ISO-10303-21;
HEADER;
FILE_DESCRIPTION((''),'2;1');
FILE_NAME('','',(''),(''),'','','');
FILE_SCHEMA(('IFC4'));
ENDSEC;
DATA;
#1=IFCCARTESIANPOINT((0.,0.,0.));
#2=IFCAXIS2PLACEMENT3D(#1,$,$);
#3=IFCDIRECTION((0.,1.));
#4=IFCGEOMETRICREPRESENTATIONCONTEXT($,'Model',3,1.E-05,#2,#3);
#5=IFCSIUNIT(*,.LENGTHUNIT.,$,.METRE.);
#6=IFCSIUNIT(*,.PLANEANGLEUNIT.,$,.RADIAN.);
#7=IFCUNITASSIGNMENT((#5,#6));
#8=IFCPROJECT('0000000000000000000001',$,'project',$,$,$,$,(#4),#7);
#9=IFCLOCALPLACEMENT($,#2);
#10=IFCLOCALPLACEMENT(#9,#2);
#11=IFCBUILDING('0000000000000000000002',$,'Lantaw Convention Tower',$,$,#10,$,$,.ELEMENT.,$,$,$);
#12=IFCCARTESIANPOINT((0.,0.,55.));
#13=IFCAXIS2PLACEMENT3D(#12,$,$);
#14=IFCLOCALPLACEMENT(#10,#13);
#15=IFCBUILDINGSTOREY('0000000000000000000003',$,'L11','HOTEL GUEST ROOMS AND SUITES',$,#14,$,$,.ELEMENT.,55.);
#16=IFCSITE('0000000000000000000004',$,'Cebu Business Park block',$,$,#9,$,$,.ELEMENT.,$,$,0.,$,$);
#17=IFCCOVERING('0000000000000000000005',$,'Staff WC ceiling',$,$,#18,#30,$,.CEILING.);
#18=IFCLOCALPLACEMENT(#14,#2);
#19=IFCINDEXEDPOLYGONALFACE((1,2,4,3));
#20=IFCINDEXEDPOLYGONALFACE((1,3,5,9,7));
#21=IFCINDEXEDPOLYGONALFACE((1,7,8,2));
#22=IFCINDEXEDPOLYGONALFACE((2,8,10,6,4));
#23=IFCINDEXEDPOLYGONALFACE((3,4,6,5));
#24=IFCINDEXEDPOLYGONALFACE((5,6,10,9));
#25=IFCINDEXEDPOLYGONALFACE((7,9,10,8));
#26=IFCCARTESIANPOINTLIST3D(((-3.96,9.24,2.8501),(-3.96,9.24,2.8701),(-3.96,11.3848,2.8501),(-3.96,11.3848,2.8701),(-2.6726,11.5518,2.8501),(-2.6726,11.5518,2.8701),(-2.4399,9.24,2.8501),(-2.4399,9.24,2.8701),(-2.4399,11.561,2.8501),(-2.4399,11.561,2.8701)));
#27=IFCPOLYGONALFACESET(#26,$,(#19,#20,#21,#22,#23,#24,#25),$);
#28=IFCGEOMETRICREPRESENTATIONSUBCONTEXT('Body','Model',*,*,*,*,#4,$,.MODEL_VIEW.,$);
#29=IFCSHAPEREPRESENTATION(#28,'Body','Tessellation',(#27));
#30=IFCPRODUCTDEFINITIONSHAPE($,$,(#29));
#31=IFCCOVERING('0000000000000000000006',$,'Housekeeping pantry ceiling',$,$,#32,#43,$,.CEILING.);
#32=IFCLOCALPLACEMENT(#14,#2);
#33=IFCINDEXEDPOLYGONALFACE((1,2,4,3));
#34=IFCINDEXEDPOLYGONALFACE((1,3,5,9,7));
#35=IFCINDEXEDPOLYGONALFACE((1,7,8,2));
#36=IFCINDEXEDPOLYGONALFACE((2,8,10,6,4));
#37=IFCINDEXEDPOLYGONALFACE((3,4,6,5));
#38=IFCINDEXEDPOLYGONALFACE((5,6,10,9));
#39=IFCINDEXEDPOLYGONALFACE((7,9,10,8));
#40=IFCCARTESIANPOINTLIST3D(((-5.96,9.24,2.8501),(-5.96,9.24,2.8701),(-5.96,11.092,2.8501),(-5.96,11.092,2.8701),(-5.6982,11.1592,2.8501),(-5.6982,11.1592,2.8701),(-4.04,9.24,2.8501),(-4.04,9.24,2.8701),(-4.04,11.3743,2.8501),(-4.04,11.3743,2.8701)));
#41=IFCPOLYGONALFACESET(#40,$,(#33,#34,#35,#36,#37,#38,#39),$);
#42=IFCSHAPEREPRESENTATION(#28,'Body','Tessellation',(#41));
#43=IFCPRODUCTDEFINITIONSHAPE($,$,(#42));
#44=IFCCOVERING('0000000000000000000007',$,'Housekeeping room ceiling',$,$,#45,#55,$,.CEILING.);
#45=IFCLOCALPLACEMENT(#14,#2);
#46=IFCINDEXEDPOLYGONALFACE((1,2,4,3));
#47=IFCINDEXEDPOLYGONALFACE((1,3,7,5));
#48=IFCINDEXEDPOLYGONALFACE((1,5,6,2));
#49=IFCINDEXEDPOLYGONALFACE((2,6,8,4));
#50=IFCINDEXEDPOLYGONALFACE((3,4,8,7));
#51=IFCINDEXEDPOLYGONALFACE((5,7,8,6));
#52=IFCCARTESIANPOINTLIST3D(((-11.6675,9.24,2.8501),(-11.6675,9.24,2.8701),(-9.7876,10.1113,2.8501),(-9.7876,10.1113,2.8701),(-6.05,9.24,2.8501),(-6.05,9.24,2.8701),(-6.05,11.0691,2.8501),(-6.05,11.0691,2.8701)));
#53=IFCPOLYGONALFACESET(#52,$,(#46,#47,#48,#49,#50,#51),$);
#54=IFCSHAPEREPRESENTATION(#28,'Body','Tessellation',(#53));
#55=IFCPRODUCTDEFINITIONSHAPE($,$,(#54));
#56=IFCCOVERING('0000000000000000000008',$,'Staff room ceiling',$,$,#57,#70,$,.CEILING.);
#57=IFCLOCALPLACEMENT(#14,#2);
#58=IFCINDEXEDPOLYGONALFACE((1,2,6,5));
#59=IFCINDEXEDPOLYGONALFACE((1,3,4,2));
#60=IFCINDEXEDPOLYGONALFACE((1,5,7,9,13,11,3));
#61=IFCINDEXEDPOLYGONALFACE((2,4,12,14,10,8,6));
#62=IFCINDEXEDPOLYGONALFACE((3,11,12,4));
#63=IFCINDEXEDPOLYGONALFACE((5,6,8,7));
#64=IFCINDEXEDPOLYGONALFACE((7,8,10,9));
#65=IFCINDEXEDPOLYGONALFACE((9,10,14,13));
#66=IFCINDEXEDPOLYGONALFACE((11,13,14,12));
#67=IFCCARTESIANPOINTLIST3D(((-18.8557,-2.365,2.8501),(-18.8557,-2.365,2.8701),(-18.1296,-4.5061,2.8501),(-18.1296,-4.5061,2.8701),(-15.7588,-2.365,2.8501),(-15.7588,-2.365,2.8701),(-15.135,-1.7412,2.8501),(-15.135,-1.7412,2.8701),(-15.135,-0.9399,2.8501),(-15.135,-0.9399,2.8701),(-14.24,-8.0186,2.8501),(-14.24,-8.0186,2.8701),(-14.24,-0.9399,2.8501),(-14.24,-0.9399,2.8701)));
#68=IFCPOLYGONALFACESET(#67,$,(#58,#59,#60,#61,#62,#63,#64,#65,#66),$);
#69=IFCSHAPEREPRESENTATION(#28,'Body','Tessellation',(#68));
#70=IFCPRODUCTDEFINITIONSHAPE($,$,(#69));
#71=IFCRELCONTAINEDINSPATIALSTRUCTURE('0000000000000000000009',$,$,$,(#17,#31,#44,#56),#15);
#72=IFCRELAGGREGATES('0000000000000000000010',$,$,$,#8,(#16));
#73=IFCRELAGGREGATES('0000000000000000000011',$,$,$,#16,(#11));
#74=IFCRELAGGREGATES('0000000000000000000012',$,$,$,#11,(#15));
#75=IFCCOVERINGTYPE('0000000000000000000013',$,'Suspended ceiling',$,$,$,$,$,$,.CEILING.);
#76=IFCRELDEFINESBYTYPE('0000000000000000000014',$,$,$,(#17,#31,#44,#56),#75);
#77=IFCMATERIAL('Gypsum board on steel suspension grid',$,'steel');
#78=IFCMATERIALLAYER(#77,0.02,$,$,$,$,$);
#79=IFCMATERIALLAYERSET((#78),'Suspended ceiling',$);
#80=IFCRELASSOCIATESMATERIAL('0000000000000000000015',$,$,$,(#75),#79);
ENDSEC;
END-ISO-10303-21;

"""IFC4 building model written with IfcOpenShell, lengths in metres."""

from ifc_helpers import new_model, si_unit, direction, frame, origin, place, context, subcontext, project, spatial, polyline, outline, extrude, material, layer, layer_set, type_object, element, save


model = new_model("IFC4")

# Units and contexts
model_context = context("Model", 3, precision=1e-05, world=origin(), true_north=direction((0.0, 1.0)))
body_context = subcontext(model_context, "Body", "Model", "MODEL_VIEW")
ifc_project = project(units=[si_unit("LENGTHUNIT", "METRE"), si_unit("PLANEANGLEUNIT", "RADIAN")], contexts=[model_context])

# Site, building, storey
site_placement = place(None, origin())
site = spatial("IfcSite", under=ifc_project, at=site_placement, Name="Cebu Business Park block", CompositionType="ELEMENT", RefElevation=0.0)
building_placement = place(site_placement, origin())
building = spatial("IfcBuilding", under=site, at=building_placement, Name="Lantaw Convention Tower", CompositionType="ELEMENT")
storey_placement = place(building_placement, frame((0.0, 0.0, 55.0)))
storey = spatial("IfcBuildingStorey", under=building, at=storey_placement, Name="L11", Description="HOTEL GUEST ROOMS AND SUITES", CompositionType="ELEMENT", Elevation=55.0)

# Coverings
ifc_material_1 = material(Name="Gypsum board on steel suspension grid", Category="steel")
ifc_layer_1 = layer(ifc_material_1, 0.02)
ifc_layer_set_1 = layer_set([ifc_layer_1], Name="Suspended ceiling")
covering_type = type_object("IfcCoveringType", Name="Suspended ceiling", PredefinedType="CEILING", material=ifc_layer_set_1)
covering_1_placement = place(storey_placement, frame((0.0, 0.0, 2.8501)))
element("IfcCovering", 1, at=covering_1_placement, inside=storey, type_object=covering_type, Name="Staff WC ceiling", PredefinedType="CEILING", context=body_context, shape_type="SweptSolid", body=[
    extrude(outline(polyline([(-2.4399, 11.561), (-2.6726, 11.5518), (-3.96, 11.3848), (-3.96, 9.24), (-2.4399, 9.24), (-2.4399, 11.561)])), origin(), (0.0, 0.0, 1.0), 0.02),
])
covering_2_placement = place(storey_placement, frame((0.0, 0.0, 2.8501)))
element("IfcCovering", 2, at=covering_2_placement, inside=storey, type_object=covering_type, Name="Housekeeping pantry ceiling", PredefinedType="CEILING", context=body_context, shape_type="SweptSolid", body=[
    extrude(outline(polyline([(-5.96, 9.24), (-4.04, 9.24), (-4.04, 11.3743), (-5.6982, 11.1592), (-5.96, 11.092), (-5.96, 9.24)])), origin(), (0.0, 0.0, 1.0), 0.02),
])
covering_3_placement = place(storey_placement, frame((0.0, 0.0, 2.8501)))
element("IfcCovering", 3, at=covering_3_placement, inside=storey, type_object=covering_type, Name="Housekeeping room ceiling", PredefinedType="CEILING", context=body_context, shape_type="SweptSolid", body=[
    extrude(outline(polyline([(-9.7876, 10.1113), (-11.6675, 9.24), (-6.05, 9.24), (-6.05, 11.0691), (-9.7876, 10.1113)])), origin(), (0.0, 0.0, 1.0), 0.02),
])
covering_4_placement = place(storey_placement, frame((0.0, 0.0, 2.8501)))
element("IfcCovering", 4, at=covering_4_placement, inside=storey, type_object=covering_type, Name="Staff room ceiling", PredefinedType="CEILING", context=body_context, shape_type="SweptSolid", body=[
    extrude(outline(polyline([(-14.24, -8.0186), (-14.24, -0.9399), (-15.135, -0.9399), (-15.135, -1.7412), (-15.7588, -2.365), (-18.8557, -2.365), (-18.1296, -4.5061), (-14.24, -8.0186)])), origin(), (0.0, 0.0, 1.0), 0.02),
])

save(model, "model.ifc")
